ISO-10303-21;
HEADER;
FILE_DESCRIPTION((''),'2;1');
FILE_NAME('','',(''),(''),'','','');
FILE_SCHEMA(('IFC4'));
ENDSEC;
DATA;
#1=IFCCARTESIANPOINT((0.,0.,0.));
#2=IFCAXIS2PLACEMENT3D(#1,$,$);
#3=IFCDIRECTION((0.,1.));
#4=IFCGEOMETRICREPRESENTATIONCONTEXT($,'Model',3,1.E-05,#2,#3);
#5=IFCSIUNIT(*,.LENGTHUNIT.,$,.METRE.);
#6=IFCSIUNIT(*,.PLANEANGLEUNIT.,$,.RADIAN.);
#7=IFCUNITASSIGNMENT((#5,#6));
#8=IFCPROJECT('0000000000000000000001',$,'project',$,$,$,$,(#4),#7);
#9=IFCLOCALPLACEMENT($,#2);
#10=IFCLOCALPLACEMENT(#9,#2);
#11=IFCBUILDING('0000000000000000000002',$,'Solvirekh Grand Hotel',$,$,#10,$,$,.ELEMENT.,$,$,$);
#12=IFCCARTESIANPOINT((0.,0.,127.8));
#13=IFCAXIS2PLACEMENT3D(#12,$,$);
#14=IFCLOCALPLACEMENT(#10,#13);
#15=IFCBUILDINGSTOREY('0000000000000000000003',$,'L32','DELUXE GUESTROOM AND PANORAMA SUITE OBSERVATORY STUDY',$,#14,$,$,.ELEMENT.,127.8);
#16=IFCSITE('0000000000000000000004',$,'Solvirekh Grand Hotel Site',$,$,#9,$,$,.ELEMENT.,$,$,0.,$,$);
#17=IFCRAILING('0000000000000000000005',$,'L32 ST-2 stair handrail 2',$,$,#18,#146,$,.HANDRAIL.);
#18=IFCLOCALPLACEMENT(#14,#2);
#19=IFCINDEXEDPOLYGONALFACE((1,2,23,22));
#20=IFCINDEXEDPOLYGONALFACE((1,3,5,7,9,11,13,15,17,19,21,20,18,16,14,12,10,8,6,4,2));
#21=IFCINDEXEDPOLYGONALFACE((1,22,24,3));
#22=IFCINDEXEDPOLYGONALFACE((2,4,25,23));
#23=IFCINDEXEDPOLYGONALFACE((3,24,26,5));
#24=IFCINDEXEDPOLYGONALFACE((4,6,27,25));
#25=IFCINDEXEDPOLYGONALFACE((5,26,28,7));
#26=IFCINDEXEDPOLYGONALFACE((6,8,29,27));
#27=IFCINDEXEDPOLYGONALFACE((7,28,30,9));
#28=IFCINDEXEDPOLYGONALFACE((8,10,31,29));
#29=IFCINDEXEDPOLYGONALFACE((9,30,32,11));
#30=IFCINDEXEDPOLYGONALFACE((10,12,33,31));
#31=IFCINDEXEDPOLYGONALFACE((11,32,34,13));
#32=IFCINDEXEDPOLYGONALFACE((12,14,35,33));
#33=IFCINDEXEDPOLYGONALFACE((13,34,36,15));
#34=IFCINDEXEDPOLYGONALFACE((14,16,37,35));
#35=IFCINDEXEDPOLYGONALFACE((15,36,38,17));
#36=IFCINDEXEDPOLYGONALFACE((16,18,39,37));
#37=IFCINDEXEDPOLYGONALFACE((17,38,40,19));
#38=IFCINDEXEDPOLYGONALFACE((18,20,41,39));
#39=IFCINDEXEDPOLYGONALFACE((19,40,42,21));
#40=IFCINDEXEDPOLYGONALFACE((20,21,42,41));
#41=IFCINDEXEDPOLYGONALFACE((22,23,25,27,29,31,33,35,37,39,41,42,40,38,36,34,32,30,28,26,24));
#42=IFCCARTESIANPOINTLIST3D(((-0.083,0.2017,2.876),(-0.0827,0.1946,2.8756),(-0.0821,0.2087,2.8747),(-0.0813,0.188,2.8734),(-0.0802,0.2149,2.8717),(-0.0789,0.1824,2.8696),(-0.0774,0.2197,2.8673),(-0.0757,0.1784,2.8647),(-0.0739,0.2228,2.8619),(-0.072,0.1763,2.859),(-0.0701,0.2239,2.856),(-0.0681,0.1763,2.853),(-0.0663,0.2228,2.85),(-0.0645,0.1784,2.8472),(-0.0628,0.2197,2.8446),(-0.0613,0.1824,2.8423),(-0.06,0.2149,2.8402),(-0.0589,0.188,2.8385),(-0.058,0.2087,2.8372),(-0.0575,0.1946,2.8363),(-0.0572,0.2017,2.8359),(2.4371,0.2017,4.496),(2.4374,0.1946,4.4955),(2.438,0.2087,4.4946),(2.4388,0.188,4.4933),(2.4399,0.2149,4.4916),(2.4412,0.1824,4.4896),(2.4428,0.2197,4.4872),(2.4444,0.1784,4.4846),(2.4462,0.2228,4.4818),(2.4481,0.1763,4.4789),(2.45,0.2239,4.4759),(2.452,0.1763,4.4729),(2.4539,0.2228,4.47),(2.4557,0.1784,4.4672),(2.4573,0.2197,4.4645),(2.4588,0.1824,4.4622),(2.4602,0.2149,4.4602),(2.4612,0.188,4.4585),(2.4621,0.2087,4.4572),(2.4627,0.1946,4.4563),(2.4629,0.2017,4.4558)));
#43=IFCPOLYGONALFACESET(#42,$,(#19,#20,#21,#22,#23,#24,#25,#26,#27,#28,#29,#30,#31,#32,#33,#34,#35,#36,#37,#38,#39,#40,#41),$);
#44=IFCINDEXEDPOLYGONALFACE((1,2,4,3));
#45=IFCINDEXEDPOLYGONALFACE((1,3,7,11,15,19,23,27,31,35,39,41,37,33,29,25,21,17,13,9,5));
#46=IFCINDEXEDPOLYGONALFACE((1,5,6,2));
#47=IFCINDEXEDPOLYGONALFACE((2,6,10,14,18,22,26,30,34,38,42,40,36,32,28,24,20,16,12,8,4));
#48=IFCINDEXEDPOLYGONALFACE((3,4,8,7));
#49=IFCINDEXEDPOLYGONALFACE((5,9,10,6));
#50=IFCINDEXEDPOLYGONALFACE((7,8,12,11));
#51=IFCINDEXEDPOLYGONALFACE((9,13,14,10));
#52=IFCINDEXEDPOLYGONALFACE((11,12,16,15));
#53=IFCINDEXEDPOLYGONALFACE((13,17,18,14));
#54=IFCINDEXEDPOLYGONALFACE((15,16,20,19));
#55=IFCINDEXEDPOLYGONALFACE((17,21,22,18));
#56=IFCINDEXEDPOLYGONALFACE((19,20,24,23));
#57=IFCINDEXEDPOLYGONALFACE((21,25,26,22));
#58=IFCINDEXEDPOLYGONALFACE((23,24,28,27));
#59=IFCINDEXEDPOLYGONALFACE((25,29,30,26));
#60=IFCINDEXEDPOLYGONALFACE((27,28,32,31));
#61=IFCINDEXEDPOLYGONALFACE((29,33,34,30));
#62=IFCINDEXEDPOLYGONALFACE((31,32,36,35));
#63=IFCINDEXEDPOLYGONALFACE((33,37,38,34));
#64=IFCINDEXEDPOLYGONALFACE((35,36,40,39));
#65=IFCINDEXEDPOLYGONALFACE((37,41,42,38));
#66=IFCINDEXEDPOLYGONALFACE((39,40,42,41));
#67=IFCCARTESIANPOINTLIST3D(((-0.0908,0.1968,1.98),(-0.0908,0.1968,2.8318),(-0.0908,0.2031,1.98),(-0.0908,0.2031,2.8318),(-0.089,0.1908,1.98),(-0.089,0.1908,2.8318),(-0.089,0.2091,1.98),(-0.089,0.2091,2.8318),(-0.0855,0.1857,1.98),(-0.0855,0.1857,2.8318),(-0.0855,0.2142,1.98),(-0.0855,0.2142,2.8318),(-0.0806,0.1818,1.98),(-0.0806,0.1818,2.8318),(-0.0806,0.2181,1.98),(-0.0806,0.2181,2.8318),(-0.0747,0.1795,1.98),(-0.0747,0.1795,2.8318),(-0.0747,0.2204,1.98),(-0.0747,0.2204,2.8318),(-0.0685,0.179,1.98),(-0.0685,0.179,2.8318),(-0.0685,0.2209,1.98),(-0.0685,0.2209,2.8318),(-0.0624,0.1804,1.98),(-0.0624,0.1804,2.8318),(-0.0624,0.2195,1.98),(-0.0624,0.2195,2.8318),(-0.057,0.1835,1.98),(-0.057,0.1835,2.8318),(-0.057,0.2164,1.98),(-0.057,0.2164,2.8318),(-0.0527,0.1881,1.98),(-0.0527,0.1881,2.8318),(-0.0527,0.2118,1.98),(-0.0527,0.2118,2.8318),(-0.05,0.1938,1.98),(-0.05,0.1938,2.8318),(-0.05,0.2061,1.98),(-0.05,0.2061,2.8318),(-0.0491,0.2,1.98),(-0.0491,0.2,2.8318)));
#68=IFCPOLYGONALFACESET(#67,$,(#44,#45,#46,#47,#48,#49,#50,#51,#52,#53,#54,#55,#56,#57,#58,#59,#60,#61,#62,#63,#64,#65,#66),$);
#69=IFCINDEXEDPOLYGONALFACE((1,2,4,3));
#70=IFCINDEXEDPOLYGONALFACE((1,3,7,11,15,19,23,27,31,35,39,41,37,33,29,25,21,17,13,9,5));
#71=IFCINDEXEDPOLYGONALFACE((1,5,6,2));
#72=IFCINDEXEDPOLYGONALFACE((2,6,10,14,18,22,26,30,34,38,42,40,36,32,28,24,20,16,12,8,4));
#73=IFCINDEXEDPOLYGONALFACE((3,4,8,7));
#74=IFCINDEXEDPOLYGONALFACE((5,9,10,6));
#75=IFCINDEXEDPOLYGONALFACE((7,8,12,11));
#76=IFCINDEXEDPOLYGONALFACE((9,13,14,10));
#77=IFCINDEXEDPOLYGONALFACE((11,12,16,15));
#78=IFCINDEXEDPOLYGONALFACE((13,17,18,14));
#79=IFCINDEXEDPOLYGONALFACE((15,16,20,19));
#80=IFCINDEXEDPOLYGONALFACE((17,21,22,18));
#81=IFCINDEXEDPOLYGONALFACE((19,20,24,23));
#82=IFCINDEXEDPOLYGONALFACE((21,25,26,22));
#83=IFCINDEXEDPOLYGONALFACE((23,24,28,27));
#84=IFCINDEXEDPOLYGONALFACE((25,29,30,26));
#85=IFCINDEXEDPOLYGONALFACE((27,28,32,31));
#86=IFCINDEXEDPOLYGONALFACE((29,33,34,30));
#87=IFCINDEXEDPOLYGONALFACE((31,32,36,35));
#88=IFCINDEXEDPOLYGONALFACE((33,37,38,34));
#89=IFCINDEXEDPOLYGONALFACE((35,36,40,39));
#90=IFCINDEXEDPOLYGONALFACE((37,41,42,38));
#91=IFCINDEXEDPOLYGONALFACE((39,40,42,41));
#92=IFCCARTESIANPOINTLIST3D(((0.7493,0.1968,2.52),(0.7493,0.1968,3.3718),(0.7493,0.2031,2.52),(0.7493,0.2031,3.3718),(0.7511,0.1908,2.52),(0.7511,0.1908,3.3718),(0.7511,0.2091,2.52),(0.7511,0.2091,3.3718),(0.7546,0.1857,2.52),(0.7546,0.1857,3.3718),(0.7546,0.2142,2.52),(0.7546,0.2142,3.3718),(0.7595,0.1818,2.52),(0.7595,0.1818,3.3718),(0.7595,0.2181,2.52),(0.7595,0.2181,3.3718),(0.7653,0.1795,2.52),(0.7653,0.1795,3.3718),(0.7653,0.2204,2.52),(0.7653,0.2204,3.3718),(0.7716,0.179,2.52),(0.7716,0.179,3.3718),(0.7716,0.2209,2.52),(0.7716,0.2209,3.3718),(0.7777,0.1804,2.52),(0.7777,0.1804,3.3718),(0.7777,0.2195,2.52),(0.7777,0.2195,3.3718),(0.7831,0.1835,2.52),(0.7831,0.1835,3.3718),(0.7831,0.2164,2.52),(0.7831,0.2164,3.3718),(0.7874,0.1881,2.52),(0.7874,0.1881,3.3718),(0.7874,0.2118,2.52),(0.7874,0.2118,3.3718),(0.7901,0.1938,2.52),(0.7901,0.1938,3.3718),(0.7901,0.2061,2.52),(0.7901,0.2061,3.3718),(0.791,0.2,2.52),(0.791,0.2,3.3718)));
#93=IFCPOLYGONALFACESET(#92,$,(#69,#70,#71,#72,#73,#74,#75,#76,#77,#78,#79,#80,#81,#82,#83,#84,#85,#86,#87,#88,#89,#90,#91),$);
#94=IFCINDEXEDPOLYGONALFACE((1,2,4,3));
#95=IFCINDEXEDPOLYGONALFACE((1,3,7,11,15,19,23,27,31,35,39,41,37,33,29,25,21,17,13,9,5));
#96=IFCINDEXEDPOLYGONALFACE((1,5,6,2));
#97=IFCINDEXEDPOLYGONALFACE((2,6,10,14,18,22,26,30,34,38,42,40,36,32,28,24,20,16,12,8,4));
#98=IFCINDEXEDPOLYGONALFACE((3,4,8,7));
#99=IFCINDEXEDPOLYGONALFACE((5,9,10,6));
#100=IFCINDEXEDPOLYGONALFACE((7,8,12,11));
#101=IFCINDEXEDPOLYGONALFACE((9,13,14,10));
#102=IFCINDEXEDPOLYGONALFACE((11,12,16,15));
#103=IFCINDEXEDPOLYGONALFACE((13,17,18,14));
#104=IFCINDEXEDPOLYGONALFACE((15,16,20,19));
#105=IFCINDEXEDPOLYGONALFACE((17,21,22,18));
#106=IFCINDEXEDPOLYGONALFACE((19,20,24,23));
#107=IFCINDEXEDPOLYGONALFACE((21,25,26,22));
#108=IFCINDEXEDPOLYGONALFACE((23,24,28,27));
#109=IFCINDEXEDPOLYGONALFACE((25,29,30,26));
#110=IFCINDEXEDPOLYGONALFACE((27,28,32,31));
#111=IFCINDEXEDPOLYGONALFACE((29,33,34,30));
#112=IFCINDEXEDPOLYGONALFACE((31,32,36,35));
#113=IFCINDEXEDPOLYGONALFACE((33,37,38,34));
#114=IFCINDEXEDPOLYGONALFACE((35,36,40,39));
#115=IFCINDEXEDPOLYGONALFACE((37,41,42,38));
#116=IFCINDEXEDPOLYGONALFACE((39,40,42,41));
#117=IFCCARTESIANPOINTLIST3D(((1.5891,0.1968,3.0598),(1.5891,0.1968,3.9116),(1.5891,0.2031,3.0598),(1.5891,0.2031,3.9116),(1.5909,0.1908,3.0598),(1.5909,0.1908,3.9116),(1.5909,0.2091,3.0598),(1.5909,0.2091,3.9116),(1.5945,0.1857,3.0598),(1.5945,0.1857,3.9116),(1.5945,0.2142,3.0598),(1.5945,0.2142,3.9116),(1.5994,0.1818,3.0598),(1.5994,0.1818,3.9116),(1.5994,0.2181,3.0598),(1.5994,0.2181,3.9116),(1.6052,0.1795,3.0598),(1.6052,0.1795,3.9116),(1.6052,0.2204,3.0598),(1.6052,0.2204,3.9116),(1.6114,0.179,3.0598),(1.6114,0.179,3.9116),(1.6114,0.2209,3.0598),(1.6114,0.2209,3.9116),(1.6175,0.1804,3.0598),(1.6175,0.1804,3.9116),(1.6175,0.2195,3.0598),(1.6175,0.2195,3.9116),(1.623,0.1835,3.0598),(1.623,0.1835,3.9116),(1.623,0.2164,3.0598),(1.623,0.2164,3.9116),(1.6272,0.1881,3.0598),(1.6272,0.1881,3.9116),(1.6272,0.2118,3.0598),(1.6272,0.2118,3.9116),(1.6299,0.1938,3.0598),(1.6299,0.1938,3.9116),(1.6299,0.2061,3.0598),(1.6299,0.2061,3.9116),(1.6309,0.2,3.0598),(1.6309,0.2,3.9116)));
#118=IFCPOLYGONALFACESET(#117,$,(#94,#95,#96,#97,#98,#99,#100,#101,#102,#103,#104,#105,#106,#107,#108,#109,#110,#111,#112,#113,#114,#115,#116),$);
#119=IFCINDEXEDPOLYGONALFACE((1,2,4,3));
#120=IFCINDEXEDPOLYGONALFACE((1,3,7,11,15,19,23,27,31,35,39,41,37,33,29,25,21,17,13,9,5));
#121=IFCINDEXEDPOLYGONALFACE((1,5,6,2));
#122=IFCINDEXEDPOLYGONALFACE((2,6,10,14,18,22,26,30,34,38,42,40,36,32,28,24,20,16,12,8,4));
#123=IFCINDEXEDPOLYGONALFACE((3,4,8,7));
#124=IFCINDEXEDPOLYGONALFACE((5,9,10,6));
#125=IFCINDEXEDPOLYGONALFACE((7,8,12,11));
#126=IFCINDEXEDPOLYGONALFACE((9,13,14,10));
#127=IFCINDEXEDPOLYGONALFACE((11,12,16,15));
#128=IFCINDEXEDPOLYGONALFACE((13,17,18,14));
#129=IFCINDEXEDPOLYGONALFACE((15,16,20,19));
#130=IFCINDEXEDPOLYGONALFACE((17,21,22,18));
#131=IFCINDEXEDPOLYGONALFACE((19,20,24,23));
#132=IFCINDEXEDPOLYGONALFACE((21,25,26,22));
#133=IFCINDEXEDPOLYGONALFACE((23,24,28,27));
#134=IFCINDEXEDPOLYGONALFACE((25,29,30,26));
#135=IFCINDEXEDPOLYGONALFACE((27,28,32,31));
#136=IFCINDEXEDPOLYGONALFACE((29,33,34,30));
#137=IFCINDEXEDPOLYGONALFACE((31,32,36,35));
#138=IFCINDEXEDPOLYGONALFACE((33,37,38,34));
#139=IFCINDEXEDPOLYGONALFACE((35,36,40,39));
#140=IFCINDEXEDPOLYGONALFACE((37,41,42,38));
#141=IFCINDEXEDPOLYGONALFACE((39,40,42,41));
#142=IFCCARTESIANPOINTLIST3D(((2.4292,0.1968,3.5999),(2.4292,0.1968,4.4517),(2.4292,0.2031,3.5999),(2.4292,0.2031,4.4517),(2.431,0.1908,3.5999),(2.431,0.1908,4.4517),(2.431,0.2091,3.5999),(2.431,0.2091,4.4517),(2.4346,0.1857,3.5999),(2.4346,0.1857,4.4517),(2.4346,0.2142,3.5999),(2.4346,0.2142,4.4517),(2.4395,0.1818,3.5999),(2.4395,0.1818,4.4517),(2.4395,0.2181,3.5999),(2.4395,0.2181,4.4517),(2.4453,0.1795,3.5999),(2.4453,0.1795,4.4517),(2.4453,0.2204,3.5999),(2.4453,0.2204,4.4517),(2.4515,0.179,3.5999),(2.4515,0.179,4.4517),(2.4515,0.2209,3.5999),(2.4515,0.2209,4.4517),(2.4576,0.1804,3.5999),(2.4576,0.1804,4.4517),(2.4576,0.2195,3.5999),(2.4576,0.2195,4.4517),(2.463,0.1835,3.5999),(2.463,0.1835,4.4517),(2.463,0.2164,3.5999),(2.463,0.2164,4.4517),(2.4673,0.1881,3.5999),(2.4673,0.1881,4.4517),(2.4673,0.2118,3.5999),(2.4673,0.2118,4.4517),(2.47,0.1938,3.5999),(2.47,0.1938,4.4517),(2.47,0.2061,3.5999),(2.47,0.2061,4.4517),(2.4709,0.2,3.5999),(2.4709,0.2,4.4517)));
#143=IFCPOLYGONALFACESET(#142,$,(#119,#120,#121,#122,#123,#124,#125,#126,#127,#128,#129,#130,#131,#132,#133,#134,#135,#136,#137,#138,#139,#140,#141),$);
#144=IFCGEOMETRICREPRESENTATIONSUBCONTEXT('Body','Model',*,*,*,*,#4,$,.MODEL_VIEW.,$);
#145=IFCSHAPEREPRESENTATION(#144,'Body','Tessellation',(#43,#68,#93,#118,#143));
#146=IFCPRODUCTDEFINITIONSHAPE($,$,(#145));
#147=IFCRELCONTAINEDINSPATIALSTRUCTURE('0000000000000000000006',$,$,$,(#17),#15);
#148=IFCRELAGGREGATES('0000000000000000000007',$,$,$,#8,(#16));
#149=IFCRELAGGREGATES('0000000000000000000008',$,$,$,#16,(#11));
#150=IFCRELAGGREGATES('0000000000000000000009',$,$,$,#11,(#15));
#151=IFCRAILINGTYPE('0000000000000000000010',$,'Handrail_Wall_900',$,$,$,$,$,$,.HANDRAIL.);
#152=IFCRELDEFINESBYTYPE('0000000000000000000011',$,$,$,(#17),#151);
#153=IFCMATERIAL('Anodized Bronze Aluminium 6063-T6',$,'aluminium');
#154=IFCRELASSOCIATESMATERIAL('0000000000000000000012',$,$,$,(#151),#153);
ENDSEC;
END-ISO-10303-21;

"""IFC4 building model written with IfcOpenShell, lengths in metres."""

from ifc_helpers import new_model, si_unit, direction, frame, origin, origin_2d, place, context, subcontext, project, spatial, circle, extrude, material, type_object, element, save


model = new_model("IFC4")

# Units and contexts
model_context = context("Model", 3, precision=1e-05, world=origin(), true_north=direction((0.0, 1.0)))
body_context = subcontext(model_context, "Body", "Model", "MODEL_VIEW")
ifc_project = project(units=[si_unit("LENGTHUNIT", "METRE"), si_unit("PLANEANGLEUNIT", "RADIAN")], contexts=[model_context])

# Site, building, storey
site_placement = place(None, origin())
site = spatial("IfcSite", under=ifc_project, at=site_placement, Name="Solvirekh Grand Hotel Site", CompositionType="ELEMENT", RefElevation=0.0)
building_placement = place(site_placement, origin())
building = spatial("IfcBuilding", under=site, at=building_placement, Name="Solvirekh Grand Hotel", CompositionType="ELEMENT")
storey_placement = place(building_placement, frame((0.0, 0.0, 127.8)))
storey = spatial("IfcBuildingStorey", under=building, at=storey_placement, Name="L32", Description="DELUXE GUESTROOM AND PANORAMA SUITE OBSERVATORY STUDY", CompositionType="ELEMENT", Elevation=127.8)

# Shared definitions
ifc_material_1 = material(Name="Anodized Bronze Aluminium 6063-T6", Category="aluminium")

# Railing
railing_type_1 = type_object("IfcRailingType", Name="Handrail_Wall_900", PredefinedType="HANDRAIL", material=ifc_material_1)
railing_1_placement = place(storey_placement, frame((-0.0701, 0.2, 1.98)))
element("IfcRailing", 1, at=railing_1_placement, inside=storey, type_object=railing_type_1, Name="L32 ST-2 stair handrail 2", PredefinedType="HANDRAIL", context=body_context, shape_type="SweptSolid", body=[
    extrude(circle(Radius=0.0239, at=origin_2d()), frame((0.0, 0.0, 0.876), z_axis=(0.8412, 0.0, 0.540725), x_axis=(0.0, 1.0, 0.0)), (0.0, 0.0, 1.0), 2.9958),
    extrude(circle(Radius=0.021, at=origin_2d()), origin(), (0.0, 0.0, 1.0), 0.8518),
    extrude(circle(Radius=0.021, at=origin_2d()), frame((0.8401, 0.0, 0.54)), (0.0, 0.0, 1.0), 0.8518),
    extrude(circle(Radius=0.021, at=origin_2d()), frame((1.6799, 0.0, 1.0798)), (0.0, 0.0, 1.0), 0.8518),
    extrude(circle(Radius=0.021, at=origin_2d()), frame((2.52, 0.0, 1.6199)), (0.0, 0.0, 1.0), 0.8518),
])

save(model, "model.ifc")
